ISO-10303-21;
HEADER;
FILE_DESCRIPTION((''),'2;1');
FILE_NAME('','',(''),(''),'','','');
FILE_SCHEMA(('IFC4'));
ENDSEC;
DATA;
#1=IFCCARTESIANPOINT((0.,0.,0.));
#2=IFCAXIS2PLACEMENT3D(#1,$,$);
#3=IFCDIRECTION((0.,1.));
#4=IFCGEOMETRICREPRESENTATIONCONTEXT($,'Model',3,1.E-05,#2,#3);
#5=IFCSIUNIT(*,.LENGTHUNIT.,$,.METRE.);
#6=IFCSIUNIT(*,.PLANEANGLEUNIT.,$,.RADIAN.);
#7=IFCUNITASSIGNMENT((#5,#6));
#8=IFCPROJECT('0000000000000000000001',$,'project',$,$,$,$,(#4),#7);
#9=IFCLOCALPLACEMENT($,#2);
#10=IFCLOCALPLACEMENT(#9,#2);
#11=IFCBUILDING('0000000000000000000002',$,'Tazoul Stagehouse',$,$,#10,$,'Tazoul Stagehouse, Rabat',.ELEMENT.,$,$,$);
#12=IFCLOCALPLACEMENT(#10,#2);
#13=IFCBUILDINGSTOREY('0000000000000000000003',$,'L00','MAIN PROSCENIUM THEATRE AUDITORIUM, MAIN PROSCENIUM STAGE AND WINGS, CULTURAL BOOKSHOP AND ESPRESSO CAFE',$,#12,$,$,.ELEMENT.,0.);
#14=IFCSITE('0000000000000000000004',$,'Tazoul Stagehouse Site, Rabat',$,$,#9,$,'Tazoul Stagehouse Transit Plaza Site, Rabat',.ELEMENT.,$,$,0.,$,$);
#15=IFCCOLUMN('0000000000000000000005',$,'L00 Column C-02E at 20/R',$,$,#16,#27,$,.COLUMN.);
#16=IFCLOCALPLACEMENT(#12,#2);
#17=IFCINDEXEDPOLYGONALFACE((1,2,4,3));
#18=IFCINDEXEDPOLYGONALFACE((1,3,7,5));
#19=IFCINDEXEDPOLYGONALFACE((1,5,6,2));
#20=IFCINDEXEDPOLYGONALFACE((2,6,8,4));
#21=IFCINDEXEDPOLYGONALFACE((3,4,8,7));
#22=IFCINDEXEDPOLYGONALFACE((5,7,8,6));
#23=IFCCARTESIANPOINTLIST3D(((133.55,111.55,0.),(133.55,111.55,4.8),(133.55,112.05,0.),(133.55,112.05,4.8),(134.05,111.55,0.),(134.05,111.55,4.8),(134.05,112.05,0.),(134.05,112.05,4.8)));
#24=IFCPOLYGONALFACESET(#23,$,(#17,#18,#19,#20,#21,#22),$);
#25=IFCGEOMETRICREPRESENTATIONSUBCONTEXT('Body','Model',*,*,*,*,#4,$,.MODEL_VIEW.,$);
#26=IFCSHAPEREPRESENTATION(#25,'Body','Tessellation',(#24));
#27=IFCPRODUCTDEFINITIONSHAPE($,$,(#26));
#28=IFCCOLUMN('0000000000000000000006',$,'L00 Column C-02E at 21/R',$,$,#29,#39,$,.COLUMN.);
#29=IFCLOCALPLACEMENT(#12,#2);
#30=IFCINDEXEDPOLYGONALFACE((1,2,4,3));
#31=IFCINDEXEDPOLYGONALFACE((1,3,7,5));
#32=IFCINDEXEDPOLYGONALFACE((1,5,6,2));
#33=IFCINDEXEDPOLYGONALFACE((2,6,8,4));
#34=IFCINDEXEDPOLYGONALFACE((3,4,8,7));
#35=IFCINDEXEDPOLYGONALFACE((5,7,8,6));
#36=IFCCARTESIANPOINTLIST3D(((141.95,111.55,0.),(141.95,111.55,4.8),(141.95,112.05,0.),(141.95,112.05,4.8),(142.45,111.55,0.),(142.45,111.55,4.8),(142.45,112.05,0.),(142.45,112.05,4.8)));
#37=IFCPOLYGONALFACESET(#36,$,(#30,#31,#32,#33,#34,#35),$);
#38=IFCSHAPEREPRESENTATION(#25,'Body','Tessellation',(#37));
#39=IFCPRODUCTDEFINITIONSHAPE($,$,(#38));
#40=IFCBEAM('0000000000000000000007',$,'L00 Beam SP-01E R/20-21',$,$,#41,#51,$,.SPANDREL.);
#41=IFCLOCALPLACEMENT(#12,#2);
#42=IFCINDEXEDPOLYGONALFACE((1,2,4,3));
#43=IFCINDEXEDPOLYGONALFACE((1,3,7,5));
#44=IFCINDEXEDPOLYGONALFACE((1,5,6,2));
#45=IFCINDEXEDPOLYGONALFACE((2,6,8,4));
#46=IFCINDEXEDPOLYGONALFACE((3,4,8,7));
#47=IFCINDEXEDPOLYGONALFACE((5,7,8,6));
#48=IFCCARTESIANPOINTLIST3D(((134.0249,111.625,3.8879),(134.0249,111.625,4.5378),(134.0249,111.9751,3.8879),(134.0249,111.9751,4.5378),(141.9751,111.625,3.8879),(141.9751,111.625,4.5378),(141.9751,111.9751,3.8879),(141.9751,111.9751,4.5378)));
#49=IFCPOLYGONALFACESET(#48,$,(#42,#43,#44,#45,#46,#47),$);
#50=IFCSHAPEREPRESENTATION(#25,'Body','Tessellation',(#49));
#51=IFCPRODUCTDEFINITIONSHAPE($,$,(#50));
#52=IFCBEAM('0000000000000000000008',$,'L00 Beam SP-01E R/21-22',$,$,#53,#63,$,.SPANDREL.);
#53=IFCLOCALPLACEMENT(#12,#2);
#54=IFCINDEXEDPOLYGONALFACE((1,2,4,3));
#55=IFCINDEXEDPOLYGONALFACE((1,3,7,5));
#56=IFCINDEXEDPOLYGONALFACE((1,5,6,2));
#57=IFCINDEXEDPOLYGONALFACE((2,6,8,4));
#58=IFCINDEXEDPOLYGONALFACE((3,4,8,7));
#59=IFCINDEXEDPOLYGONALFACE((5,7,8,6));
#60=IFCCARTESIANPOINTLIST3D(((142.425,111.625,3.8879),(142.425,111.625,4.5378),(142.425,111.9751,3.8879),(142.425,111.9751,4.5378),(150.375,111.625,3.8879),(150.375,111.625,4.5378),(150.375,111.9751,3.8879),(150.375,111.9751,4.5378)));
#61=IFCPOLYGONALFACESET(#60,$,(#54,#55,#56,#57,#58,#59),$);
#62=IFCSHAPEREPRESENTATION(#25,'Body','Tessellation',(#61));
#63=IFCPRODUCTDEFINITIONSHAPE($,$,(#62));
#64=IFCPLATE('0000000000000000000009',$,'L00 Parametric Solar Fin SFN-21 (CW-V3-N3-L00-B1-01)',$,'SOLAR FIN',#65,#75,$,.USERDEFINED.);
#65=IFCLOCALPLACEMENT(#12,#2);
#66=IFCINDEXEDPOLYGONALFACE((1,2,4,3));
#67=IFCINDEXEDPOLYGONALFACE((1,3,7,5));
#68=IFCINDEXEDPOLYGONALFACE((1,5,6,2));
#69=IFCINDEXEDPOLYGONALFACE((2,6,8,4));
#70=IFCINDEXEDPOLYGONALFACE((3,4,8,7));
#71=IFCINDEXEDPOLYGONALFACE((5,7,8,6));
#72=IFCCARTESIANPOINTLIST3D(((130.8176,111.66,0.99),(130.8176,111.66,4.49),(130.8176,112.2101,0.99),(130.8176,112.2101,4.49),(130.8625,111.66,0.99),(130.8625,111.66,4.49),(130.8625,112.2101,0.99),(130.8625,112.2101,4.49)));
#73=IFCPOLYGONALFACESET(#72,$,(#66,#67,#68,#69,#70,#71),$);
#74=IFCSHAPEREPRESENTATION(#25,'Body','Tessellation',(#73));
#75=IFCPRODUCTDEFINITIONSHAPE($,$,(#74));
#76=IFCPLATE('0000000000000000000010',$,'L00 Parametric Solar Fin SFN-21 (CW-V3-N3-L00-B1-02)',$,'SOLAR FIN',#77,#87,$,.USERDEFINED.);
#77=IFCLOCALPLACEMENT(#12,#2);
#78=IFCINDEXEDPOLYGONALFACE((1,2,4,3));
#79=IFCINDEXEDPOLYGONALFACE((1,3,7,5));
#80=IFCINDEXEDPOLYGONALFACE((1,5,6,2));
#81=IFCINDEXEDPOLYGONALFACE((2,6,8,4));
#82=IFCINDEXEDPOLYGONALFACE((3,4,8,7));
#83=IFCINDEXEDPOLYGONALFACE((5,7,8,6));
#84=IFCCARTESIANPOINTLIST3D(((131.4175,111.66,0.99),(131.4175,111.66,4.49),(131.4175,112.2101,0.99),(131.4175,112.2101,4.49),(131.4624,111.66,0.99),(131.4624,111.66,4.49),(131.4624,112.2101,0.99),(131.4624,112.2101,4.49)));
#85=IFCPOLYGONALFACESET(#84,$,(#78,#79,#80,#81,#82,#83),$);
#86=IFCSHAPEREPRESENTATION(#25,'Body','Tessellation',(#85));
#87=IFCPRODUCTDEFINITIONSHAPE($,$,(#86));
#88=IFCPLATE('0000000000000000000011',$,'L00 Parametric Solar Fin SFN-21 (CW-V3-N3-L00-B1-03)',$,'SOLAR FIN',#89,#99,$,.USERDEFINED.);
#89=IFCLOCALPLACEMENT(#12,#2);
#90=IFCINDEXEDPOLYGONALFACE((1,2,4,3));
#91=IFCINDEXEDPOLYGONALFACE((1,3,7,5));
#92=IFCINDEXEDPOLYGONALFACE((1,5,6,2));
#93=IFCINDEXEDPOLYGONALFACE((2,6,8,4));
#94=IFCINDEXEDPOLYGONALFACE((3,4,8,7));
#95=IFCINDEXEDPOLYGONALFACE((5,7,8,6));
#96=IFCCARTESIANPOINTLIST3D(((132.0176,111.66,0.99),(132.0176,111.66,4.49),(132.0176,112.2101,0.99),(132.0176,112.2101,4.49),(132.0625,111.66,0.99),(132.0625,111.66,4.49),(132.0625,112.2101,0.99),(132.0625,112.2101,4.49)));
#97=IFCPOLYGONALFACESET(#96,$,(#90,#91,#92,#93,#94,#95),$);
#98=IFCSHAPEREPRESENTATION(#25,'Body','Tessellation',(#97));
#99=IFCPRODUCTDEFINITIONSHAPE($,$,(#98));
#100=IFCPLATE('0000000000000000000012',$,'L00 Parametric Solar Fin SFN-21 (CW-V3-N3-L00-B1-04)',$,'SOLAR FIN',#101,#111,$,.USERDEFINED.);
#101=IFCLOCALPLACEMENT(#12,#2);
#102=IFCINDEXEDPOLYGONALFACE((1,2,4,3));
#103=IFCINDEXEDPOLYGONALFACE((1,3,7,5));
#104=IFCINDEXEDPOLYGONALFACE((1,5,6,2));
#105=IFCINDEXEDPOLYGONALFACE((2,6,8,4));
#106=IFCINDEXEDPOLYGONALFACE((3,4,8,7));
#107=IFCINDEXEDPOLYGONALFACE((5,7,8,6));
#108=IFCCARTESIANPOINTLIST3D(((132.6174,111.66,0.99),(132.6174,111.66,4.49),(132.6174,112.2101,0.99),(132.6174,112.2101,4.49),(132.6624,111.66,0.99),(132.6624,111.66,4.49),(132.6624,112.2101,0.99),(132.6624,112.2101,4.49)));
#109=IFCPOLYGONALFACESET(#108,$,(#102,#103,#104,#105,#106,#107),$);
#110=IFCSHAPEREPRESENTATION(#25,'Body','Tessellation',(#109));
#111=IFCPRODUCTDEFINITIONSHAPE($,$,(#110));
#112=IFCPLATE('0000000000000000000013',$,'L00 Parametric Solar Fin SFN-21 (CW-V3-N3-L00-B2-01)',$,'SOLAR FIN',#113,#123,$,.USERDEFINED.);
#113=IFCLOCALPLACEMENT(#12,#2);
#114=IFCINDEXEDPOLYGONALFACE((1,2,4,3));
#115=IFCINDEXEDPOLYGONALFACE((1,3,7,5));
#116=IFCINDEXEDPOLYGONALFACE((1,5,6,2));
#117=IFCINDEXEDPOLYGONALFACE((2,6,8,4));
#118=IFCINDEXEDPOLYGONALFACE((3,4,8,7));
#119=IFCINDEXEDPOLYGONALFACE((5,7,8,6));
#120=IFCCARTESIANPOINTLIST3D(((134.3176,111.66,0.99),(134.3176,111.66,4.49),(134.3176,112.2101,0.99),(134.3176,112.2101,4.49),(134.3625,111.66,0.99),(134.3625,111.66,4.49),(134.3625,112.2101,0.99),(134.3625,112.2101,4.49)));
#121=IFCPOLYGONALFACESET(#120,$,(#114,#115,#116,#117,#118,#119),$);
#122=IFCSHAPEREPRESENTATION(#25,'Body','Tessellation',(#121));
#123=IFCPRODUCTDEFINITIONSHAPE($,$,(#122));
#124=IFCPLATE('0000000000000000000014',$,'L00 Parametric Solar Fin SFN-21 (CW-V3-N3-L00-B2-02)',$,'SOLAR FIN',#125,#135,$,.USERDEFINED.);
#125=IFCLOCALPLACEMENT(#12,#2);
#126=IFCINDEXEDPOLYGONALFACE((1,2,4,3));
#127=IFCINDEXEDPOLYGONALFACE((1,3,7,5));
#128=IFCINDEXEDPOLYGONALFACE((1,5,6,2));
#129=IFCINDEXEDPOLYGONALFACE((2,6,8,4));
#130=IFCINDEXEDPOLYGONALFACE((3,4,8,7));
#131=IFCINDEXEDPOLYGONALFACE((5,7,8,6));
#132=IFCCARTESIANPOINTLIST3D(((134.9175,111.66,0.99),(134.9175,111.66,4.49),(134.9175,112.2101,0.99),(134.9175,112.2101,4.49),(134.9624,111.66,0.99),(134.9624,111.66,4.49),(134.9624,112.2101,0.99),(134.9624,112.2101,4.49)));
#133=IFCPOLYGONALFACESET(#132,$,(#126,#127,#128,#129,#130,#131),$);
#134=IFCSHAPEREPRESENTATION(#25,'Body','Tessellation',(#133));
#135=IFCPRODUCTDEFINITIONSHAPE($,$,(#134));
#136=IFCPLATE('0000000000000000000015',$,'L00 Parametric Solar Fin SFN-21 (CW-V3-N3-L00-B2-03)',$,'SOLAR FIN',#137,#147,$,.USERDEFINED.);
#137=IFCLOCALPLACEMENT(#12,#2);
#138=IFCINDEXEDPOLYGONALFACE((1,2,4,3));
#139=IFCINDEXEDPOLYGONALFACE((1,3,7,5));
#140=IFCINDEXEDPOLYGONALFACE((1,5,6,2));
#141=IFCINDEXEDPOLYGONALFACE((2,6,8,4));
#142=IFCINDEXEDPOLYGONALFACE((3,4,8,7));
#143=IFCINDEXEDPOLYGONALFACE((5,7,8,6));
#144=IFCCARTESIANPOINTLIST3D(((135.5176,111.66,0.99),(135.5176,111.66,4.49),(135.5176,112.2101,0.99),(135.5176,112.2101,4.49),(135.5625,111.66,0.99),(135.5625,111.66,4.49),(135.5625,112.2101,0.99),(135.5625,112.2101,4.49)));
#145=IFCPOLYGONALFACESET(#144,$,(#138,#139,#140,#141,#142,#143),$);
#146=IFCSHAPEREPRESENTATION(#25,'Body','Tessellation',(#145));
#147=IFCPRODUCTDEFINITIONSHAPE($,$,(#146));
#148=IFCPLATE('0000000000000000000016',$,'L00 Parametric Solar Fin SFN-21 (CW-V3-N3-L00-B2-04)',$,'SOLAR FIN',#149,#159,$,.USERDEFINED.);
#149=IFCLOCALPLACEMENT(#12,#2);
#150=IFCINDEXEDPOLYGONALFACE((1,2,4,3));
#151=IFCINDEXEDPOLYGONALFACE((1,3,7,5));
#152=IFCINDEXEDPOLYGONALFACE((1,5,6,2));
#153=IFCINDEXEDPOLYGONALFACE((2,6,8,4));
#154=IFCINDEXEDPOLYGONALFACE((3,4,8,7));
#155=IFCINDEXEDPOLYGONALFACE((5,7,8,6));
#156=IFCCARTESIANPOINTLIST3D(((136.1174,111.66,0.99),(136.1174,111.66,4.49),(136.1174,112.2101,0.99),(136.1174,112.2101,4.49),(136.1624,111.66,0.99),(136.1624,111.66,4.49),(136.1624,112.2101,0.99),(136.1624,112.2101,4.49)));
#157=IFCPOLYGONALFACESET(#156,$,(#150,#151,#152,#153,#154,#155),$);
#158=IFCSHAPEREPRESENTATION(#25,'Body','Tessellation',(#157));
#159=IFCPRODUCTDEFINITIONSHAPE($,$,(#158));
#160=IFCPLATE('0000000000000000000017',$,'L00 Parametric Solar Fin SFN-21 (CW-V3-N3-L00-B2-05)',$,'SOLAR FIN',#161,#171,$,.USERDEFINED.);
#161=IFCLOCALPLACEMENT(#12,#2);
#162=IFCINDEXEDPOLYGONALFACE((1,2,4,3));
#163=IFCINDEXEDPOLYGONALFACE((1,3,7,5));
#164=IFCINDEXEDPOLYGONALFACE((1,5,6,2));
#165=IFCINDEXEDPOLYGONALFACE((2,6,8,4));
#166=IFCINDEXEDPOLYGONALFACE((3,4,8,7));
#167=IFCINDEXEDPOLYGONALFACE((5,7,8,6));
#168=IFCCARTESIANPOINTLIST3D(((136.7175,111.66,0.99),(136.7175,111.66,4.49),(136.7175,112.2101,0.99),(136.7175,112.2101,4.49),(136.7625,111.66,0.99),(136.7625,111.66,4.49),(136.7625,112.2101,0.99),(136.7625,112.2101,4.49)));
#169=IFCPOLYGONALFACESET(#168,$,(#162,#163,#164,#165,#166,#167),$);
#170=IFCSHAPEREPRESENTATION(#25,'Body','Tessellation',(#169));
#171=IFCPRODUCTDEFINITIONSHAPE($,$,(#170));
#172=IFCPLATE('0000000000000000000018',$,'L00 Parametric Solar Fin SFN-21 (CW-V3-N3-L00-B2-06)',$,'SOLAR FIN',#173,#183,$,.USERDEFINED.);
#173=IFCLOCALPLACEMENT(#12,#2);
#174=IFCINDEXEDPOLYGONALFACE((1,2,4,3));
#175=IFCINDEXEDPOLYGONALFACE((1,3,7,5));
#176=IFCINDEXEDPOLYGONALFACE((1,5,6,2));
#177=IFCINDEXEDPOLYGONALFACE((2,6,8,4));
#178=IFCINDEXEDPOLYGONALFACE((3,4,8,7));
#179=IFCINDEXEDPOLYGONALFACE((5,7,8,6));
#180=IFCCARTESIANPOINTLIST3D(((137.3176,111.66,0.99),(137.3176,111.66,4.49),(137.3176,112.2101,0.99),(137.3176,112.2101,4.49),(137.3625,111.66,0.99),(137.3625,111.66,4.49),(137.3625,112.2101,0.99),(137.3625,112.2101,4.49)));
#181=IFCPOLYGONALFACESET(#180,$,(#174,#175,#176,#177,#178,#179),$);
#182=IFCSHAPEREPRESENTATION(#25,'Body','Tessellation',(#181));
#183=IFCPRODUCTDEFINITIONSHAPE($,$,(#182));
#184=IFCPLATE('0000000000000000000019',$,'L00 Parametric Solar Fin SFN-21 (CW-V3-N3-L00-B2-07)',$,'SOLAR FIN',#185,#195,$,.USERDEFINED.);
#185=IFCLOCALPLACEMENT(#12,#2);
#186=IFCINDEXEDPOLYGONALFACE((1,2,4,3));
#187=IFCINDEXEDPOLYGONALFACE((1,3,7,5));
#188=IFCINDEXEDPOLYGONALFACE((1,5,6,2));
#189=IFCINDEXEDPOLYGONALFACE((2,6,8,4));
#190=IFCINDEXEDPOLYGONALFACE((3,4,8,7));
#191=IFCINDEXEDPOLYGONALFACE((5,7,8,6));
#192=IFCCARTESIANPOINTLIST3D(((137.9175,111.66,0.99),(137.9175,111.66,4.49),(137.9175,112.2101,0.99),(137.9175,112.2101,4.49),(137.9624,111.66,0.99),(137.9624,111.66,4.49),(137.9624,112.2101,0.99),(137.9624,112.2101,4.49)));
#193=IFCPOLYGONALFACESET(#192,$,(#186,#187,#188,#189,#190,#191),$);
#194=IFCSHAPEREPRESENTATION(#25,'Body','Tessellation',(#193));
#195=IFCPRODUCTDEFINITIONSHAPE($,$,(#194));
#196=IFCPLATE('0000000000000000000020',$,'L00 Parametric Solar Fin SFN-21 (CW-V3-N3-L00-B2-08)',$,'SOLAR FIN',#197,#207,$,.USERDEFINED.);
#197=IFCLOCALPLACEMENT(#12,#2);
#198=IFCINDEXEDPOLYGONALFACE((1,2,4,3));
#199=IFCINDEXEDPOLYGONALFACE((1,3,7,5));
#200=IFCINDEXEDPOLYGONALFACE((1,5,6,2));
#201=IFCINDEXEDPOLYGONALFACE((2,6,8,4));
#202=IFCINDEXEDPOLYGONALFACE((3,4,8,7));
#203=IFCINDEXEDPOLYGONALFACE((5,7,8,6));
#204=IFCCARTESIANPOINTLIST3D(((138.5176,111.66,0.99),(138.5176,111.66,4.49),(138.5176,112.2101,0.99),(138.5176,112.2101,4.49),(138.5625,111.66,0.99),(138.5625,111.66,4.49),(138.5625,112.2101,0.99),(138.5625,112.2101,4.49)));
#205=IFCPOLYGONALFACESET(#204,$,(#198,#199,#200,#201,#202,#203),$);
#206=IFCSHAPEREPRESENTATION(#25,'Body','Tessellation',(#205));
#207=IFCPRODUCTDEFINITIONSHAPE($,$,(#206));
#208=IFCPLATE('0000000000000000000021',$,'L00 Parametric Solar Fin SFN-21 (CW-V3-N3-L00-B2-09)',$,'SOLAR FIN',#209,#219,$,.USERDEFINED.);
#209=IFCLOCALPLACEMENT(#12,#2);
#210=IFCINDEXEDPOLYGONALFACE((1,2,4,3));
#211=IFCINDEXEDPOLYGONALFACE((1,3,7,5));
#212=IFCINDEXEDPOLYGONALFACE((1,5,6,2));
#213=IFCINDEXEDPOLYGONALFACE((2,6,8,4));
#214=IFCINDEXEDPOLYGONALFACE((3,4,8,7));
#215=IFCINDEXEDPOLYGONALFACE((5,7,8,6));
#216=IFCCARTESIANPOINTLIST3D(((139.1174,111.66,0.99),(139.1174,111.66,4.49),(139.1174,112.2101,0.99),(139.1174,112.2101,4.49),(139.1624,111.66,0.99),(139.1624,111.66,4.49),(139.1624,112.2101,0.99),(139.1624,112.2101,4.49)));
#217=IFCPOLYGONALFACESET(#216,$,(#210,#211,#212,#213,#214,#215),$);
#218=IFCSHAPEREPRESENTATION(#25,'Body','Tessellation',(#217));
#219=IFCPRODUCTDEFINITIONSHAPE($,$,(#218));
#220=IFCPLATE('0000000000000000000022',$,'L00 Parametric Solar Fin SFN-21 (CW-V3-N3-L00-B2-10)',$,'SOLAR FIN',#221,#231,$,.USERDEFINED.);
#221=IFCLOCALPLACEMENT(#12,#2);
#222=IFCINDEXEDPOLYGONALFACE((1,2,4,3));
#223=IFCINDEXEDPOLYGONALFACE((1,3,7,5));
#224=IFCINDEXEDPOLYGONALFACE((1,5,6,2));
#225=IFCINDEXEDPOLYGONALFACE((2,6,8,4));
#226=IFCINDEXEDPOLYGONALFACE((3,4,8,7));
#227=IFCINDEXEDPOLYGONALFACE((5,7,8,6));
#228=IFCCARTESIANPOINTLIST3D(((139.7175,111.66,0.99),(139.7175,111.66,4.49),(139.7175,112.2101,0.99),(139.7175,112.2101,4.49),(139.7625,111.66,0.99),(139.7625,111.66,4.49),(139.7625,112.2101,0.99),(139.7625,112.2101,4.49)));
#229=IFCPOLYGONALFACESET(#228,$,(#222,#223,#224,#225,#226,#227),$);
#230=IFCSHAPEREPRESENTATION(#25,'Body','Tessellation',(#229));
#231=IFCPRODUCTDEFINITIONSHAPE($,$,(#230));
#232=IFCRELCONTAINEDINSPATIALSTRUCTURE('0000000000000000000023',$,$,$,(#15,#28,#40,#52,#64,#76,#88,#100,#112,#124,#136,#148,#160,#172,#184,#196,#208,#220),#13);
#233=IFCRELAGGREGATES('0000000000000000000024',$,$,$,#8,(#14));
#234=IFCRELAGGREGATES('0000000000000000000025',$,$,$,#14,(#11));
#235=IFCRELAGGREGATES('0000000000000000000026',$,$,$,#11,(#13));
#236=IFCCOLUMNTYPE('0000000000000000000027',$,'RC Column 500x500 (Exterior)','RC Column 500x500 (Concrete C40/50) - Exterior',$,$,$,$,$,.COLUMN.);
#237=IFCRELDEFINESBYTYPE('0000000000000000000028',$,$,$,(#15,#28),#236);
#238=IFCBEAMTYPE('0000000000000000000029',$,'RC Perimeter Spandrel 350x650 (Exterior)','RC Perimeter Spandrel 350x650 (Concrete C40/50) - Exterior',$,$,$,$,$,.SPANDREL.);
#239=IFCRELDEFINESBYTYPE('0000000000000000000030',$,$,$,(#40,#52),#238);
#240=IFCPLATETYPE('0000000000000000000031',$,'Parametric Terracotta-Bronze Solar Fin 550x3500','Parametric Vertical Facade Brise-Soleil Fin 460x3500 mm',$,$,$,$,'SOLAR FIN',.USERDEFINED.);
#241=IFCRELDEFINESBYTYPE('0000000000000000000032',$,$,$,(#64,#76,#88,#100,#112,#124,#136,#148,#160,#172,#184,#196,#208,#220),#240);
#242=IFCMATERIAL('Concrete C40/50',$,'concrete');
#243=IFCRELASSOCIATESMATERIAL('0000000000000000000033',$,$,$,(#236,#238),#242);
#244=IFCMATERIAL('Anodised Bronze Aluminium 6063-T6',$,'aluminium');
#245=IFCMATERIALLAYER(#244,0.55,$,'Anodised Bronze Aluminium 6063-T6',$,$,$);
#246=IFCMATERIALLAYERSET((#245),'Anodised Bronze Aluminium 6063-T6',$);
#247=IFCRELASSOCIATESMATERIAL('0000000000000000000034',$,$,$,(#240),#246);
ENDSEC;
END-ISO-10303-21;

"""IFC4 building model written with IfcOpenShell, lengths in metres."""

from ifc_helpers import new_model, si_unit, direction, frame, origin, origin_2d, place, context, subcontext, project, spatial, rectangle, extrude, material, layer, layer_set, material_profile, profile_set, type_object, element, save


model = new_model("IFC4")

# Units and contexts
model_context = context("Model", 3, precision=1e-05, world=origin(), true_north=direction((0.0, 1.0)))
body_context = subcontext(model_context, "Body", "Model", "MODEL_VIEW")
ifc_project = project(units=[si_unit("LENGTHUNIT", "METRE"), si_unit("PLANEANGLEUNIT", "RADIAN")], contexts=[model_context])

# Site, building, storey
site_placement = place(None, origin())
site = spatial("IfcSite", under=ifc_project, at=site_placement, Name="Tazoul Stagehouse Site, Rabat", LongName="Tazoul Stagehouse Transit Plaza Site, Rabat", CompositionType="ELEMENT", RefElevation=0.0)
building_placement = place(site_placement, origin())
building = spatial("IfcBuilding", under=site, at=building_placement, Name="Tazoul Stagehouse", LongName="Tazoul Stagehouse, Rabat", CompositionType="ELEMENT")
storey_placement = place(building_placement, origin())
storey = spatial("IfcBuildingStorey", under=building, at=storey_placement, Name="L00", Description="MAIN PROSCENIUM THEATRE AUDITORIUM, MAIN PROSCENIUM STAGE AND WINGS, CULTURAL BOOKSHOP AND ESPRESSO CAFE", CompositionType="ELEMENT", Elevation=0.0)

# Columns
ifc_material_1 = material(Name="Concrete C40/50", Category="concrete")
ifc_material_profile_1 = material_profile(ifc_material_1, rectangle(XDim=0.5, YDim=0.5, at=origin_2d()), Name="RC 500x500")
ifc_profile_set_1 = profile_set([ifc_material_profile_1], Name="Concrete C40/50")
column_type = type_object("IfcColumnType", Name="RC Column 500x500 (Exterior)", Description="RC Column 500x500 (Concrete C40/50) - Exterior", PredefinedType="COLUMN", material=ifc_profile_set_1)
for number, where, z_axis, x_axis, name in (
    (1, (133.8, 111.8, 0.0), (0.0, 0.0, 1.0), (1.0, 0.0, 0.0), "L00 Column C-02E at 20/R"),
    (2, (142.2, 111.8, 0.0), (0.0, 0.0, 1.0), (1.0, 0.0, 0.0), "L00 Column C-02E at 21/R"),
):
    element("IfcColumn", number, at=place(storey_placement, frame(where, z_axis=z_axis, x_axis=x_axis)), inside=storey, type_object=column_type, Name=name, PredefinedType="COLUMN", context=body_context, shape_type="SweptSolid", body=[
        extrude(rectangle(XDim=0.5, YDim=0.5, at=origin_2d()), origin(), (0.0, 0.0, 1.0), 4.8),
    ])

# Beams
ifc_material_profile_2 = material_profile(ifc_material_1, rectangle(XDim=0.3501, YDim=0.6499, at=origin_2d()), Name="RC 350x650")
ifc_profile_set_2 = profile_set([ifc_material_profile_2], Name="Concrete C40/50")
beam_type = type_object("IfcBeamType", Name="RC Perimeter Spandrel 350x650 (Exterior)", Description="RC Perimeter Spandrel 350x650 (Concrete C40/50) - Exterior", PredefinedType="SPANDREL", material=ifc_profile_set_2)
beam_1_placement = place(storey_placement, frame((134.0249, 111.8, 4.2129), z_axis=(1.0, 0.0, 0.0), x_axis=(0.0, 1.0, 0.0)))
element("IfcBeam", 3, at=beam_1_placement, inside=storey, type_object=beam_type, Name="L00 Beam SP-01E R/20-21", PredefinedType="SPANDREL", context=body_context, shape_type="SweptSolid", body=[
    extrude(rectangle(XDim=0.3501, YDim=0.6499, at=origin_2d()), origin(), (0.0, 0.0, 1.0), 7.9502),
])
beam_2_placement = place(storey_placement, frame((142.425, 111.8, 4.2129), z_axis=(1.0, 0.0, 0.0), x_axis=(0.0, 1.0, 0.0)))
element("IfcBeam", 4, at=beam_2_placement, inside=storey, type_object=beam_type, Name="L00 Beam SP-01E R/21-22", PredefinedType="SPANDREL", context=body_context, shape_type="SweptSolid", body=[
    extrude(rectangle(XDim=0.3501, YDim=0.6499, at=origin_2d()), origin(), (0.0, 0.0, 1.0), 7.95),
])

# Plates
ifc_material_2 = material(Name="Anodised Bronze Aluminium 6063-T6", Category="aluminium")
ifc_layer_1 = layer(ifc_material_2, 0.55, Name="Anodised Bronze Aluminium 6063-T6")
ifc_layer_set_1 = layer_set([ifc_layer_1], Name="Anodised Bronze Aluminium 6063-T6")
plate_type_1 = type_object("IfcPlateType", Name="Parametric Terracotta-Bronze Solar Fin 550x3500", Description="Parametric Vertical Facade Brise-Soleil Fin 460x3500 mm", ElementType="SOLAR FIN", PredefinedType="USERDEFINED", material=ifc_layer_set_1)
for number, where, z_axis, x_axis, name in (
    (5, (130.8401, 111.9351, 0.99), (0.0, 0.0, 1.0), (1.0, 0.0, 0.0), "L00 Parametric Solar Fin SFN-21 (CW-V3-N3-L00-B1-01)"),
    (6, (131.4399, 111.9351, 0.99), (0.0, 0.0, 1.0), (1.0, 0.0, 0.0), "L00 Parametric Solar Fin SFN-21 (CW-V3-N3-L00-B1-02)"),
    (7, (132.04, 111.9351, 0.99), (0.0, 0.0, 1.0), (1.0, 0.0, 0.0), "L00 Parametric Solar Fin SFN-21 (CW-V3-N3-L00-B1-03)"),
    (8, (132.6399, 111.9351, 0.99), (0.0, 0.0, 1.0), (1.0, 0.0, 0.0), "L00 Parametric Solar Fin SFN-21 (CW-V3-N3-L00-B1-04)"),
    (9, (134.3401, 111.9351, 0.99), (0.0, 0.0, 1.0), (1.0, 0.0, 0.0), "L00 Parametric Solar Fin SFN-21 (CW-V3-N3-L00-B2-01)"),
    (10, (134.9399, 111.9351, 0.99), (0.0, 0.0, 1.0), (1.0, 0.0, 0.0), "L00 Parametric Solar Fin SFN-21 (CW-V3-N3-L00-B2-02)"),
    (11, (135.54, 111.9351, 0.99), (0.0, 0.0, 1.0), (1.0, 0.0, 0.0), "L00 Parametric Solar Fin SFN-21 (CW-V3-N3-L00-B2-03)"),
    (12, (136.1399, 111.9351, 0.99), (0.0, 0.0, 1.0), (1.0, 0.0, 0.0), "L00 Parametric Solar Fin SFN-21 (CW-V3-N3-L00-B2-04)"),
    (13, (136.74, 111.9351, 0.99), (0.0, 0.0, 1.0), (1.0, 0.0, 0.0), "L00 Parametric Solar Fin SFN-21 (CW-V3-N3-L00-B2-05)"),
    (14, (137.3401, 111.9351, 0.99), (0.0, 0.0, 1.0), (1.0, 0.0, 0.0), "L00 Parametric Solar Fin SFN-21 (CW-V3-N3-L00-B2-06)"),
    (15, (137.9399, 111.9351, 0.99), (0.0, 0.0, 1.0), (1.0, 0.0, 0.0), "L00 Parametric Solar Fin SFN-21 (CW-V3-N3-L00-B2-07)"),
    (16, (138.54, 111.9351, 0.99), (0.0, 0.0, 1.0), (1.0, 0.0, 0.0), "L00 Parametric Solar Fin SFN-21 (CW-V3-N3-L00-B2-08)"),
    (17, (139.1399, 111.9351, 0.99), (0.0, 0.0, 1.0), (1.0, 0.0, 0.0), "L00 Parametric Solar Fin SFN-21 (CW-V3-N3-L00-B2-09)"),
    (18, (139.74, 111.9351, 0.99), (0.0, 0.0, 1.0), (1.0, 0.0, 0.0), "L00 Parametric Solar Fin SFN-21 (CW-V3-N3-L00-B2-10)"),
):
    element("IfcPlate", number, at=place(storey_placement, frame(where, z_axis=z_axis, x_axis=x_axis)), inside=storey, type_object=plate_type_1, Name=name, ObjectType="SOLAR FIN", PredefinedType="USERDEFINED", context=body_context, shape_type="SweptSolid", body=[
        extrude(rectangle(XDim=0.0449, YDim=0.55, at=origin_2d()), origin(), (0.0, 0.0, 1.0), 3.5),
    ])

save(model, "model.ifc")
